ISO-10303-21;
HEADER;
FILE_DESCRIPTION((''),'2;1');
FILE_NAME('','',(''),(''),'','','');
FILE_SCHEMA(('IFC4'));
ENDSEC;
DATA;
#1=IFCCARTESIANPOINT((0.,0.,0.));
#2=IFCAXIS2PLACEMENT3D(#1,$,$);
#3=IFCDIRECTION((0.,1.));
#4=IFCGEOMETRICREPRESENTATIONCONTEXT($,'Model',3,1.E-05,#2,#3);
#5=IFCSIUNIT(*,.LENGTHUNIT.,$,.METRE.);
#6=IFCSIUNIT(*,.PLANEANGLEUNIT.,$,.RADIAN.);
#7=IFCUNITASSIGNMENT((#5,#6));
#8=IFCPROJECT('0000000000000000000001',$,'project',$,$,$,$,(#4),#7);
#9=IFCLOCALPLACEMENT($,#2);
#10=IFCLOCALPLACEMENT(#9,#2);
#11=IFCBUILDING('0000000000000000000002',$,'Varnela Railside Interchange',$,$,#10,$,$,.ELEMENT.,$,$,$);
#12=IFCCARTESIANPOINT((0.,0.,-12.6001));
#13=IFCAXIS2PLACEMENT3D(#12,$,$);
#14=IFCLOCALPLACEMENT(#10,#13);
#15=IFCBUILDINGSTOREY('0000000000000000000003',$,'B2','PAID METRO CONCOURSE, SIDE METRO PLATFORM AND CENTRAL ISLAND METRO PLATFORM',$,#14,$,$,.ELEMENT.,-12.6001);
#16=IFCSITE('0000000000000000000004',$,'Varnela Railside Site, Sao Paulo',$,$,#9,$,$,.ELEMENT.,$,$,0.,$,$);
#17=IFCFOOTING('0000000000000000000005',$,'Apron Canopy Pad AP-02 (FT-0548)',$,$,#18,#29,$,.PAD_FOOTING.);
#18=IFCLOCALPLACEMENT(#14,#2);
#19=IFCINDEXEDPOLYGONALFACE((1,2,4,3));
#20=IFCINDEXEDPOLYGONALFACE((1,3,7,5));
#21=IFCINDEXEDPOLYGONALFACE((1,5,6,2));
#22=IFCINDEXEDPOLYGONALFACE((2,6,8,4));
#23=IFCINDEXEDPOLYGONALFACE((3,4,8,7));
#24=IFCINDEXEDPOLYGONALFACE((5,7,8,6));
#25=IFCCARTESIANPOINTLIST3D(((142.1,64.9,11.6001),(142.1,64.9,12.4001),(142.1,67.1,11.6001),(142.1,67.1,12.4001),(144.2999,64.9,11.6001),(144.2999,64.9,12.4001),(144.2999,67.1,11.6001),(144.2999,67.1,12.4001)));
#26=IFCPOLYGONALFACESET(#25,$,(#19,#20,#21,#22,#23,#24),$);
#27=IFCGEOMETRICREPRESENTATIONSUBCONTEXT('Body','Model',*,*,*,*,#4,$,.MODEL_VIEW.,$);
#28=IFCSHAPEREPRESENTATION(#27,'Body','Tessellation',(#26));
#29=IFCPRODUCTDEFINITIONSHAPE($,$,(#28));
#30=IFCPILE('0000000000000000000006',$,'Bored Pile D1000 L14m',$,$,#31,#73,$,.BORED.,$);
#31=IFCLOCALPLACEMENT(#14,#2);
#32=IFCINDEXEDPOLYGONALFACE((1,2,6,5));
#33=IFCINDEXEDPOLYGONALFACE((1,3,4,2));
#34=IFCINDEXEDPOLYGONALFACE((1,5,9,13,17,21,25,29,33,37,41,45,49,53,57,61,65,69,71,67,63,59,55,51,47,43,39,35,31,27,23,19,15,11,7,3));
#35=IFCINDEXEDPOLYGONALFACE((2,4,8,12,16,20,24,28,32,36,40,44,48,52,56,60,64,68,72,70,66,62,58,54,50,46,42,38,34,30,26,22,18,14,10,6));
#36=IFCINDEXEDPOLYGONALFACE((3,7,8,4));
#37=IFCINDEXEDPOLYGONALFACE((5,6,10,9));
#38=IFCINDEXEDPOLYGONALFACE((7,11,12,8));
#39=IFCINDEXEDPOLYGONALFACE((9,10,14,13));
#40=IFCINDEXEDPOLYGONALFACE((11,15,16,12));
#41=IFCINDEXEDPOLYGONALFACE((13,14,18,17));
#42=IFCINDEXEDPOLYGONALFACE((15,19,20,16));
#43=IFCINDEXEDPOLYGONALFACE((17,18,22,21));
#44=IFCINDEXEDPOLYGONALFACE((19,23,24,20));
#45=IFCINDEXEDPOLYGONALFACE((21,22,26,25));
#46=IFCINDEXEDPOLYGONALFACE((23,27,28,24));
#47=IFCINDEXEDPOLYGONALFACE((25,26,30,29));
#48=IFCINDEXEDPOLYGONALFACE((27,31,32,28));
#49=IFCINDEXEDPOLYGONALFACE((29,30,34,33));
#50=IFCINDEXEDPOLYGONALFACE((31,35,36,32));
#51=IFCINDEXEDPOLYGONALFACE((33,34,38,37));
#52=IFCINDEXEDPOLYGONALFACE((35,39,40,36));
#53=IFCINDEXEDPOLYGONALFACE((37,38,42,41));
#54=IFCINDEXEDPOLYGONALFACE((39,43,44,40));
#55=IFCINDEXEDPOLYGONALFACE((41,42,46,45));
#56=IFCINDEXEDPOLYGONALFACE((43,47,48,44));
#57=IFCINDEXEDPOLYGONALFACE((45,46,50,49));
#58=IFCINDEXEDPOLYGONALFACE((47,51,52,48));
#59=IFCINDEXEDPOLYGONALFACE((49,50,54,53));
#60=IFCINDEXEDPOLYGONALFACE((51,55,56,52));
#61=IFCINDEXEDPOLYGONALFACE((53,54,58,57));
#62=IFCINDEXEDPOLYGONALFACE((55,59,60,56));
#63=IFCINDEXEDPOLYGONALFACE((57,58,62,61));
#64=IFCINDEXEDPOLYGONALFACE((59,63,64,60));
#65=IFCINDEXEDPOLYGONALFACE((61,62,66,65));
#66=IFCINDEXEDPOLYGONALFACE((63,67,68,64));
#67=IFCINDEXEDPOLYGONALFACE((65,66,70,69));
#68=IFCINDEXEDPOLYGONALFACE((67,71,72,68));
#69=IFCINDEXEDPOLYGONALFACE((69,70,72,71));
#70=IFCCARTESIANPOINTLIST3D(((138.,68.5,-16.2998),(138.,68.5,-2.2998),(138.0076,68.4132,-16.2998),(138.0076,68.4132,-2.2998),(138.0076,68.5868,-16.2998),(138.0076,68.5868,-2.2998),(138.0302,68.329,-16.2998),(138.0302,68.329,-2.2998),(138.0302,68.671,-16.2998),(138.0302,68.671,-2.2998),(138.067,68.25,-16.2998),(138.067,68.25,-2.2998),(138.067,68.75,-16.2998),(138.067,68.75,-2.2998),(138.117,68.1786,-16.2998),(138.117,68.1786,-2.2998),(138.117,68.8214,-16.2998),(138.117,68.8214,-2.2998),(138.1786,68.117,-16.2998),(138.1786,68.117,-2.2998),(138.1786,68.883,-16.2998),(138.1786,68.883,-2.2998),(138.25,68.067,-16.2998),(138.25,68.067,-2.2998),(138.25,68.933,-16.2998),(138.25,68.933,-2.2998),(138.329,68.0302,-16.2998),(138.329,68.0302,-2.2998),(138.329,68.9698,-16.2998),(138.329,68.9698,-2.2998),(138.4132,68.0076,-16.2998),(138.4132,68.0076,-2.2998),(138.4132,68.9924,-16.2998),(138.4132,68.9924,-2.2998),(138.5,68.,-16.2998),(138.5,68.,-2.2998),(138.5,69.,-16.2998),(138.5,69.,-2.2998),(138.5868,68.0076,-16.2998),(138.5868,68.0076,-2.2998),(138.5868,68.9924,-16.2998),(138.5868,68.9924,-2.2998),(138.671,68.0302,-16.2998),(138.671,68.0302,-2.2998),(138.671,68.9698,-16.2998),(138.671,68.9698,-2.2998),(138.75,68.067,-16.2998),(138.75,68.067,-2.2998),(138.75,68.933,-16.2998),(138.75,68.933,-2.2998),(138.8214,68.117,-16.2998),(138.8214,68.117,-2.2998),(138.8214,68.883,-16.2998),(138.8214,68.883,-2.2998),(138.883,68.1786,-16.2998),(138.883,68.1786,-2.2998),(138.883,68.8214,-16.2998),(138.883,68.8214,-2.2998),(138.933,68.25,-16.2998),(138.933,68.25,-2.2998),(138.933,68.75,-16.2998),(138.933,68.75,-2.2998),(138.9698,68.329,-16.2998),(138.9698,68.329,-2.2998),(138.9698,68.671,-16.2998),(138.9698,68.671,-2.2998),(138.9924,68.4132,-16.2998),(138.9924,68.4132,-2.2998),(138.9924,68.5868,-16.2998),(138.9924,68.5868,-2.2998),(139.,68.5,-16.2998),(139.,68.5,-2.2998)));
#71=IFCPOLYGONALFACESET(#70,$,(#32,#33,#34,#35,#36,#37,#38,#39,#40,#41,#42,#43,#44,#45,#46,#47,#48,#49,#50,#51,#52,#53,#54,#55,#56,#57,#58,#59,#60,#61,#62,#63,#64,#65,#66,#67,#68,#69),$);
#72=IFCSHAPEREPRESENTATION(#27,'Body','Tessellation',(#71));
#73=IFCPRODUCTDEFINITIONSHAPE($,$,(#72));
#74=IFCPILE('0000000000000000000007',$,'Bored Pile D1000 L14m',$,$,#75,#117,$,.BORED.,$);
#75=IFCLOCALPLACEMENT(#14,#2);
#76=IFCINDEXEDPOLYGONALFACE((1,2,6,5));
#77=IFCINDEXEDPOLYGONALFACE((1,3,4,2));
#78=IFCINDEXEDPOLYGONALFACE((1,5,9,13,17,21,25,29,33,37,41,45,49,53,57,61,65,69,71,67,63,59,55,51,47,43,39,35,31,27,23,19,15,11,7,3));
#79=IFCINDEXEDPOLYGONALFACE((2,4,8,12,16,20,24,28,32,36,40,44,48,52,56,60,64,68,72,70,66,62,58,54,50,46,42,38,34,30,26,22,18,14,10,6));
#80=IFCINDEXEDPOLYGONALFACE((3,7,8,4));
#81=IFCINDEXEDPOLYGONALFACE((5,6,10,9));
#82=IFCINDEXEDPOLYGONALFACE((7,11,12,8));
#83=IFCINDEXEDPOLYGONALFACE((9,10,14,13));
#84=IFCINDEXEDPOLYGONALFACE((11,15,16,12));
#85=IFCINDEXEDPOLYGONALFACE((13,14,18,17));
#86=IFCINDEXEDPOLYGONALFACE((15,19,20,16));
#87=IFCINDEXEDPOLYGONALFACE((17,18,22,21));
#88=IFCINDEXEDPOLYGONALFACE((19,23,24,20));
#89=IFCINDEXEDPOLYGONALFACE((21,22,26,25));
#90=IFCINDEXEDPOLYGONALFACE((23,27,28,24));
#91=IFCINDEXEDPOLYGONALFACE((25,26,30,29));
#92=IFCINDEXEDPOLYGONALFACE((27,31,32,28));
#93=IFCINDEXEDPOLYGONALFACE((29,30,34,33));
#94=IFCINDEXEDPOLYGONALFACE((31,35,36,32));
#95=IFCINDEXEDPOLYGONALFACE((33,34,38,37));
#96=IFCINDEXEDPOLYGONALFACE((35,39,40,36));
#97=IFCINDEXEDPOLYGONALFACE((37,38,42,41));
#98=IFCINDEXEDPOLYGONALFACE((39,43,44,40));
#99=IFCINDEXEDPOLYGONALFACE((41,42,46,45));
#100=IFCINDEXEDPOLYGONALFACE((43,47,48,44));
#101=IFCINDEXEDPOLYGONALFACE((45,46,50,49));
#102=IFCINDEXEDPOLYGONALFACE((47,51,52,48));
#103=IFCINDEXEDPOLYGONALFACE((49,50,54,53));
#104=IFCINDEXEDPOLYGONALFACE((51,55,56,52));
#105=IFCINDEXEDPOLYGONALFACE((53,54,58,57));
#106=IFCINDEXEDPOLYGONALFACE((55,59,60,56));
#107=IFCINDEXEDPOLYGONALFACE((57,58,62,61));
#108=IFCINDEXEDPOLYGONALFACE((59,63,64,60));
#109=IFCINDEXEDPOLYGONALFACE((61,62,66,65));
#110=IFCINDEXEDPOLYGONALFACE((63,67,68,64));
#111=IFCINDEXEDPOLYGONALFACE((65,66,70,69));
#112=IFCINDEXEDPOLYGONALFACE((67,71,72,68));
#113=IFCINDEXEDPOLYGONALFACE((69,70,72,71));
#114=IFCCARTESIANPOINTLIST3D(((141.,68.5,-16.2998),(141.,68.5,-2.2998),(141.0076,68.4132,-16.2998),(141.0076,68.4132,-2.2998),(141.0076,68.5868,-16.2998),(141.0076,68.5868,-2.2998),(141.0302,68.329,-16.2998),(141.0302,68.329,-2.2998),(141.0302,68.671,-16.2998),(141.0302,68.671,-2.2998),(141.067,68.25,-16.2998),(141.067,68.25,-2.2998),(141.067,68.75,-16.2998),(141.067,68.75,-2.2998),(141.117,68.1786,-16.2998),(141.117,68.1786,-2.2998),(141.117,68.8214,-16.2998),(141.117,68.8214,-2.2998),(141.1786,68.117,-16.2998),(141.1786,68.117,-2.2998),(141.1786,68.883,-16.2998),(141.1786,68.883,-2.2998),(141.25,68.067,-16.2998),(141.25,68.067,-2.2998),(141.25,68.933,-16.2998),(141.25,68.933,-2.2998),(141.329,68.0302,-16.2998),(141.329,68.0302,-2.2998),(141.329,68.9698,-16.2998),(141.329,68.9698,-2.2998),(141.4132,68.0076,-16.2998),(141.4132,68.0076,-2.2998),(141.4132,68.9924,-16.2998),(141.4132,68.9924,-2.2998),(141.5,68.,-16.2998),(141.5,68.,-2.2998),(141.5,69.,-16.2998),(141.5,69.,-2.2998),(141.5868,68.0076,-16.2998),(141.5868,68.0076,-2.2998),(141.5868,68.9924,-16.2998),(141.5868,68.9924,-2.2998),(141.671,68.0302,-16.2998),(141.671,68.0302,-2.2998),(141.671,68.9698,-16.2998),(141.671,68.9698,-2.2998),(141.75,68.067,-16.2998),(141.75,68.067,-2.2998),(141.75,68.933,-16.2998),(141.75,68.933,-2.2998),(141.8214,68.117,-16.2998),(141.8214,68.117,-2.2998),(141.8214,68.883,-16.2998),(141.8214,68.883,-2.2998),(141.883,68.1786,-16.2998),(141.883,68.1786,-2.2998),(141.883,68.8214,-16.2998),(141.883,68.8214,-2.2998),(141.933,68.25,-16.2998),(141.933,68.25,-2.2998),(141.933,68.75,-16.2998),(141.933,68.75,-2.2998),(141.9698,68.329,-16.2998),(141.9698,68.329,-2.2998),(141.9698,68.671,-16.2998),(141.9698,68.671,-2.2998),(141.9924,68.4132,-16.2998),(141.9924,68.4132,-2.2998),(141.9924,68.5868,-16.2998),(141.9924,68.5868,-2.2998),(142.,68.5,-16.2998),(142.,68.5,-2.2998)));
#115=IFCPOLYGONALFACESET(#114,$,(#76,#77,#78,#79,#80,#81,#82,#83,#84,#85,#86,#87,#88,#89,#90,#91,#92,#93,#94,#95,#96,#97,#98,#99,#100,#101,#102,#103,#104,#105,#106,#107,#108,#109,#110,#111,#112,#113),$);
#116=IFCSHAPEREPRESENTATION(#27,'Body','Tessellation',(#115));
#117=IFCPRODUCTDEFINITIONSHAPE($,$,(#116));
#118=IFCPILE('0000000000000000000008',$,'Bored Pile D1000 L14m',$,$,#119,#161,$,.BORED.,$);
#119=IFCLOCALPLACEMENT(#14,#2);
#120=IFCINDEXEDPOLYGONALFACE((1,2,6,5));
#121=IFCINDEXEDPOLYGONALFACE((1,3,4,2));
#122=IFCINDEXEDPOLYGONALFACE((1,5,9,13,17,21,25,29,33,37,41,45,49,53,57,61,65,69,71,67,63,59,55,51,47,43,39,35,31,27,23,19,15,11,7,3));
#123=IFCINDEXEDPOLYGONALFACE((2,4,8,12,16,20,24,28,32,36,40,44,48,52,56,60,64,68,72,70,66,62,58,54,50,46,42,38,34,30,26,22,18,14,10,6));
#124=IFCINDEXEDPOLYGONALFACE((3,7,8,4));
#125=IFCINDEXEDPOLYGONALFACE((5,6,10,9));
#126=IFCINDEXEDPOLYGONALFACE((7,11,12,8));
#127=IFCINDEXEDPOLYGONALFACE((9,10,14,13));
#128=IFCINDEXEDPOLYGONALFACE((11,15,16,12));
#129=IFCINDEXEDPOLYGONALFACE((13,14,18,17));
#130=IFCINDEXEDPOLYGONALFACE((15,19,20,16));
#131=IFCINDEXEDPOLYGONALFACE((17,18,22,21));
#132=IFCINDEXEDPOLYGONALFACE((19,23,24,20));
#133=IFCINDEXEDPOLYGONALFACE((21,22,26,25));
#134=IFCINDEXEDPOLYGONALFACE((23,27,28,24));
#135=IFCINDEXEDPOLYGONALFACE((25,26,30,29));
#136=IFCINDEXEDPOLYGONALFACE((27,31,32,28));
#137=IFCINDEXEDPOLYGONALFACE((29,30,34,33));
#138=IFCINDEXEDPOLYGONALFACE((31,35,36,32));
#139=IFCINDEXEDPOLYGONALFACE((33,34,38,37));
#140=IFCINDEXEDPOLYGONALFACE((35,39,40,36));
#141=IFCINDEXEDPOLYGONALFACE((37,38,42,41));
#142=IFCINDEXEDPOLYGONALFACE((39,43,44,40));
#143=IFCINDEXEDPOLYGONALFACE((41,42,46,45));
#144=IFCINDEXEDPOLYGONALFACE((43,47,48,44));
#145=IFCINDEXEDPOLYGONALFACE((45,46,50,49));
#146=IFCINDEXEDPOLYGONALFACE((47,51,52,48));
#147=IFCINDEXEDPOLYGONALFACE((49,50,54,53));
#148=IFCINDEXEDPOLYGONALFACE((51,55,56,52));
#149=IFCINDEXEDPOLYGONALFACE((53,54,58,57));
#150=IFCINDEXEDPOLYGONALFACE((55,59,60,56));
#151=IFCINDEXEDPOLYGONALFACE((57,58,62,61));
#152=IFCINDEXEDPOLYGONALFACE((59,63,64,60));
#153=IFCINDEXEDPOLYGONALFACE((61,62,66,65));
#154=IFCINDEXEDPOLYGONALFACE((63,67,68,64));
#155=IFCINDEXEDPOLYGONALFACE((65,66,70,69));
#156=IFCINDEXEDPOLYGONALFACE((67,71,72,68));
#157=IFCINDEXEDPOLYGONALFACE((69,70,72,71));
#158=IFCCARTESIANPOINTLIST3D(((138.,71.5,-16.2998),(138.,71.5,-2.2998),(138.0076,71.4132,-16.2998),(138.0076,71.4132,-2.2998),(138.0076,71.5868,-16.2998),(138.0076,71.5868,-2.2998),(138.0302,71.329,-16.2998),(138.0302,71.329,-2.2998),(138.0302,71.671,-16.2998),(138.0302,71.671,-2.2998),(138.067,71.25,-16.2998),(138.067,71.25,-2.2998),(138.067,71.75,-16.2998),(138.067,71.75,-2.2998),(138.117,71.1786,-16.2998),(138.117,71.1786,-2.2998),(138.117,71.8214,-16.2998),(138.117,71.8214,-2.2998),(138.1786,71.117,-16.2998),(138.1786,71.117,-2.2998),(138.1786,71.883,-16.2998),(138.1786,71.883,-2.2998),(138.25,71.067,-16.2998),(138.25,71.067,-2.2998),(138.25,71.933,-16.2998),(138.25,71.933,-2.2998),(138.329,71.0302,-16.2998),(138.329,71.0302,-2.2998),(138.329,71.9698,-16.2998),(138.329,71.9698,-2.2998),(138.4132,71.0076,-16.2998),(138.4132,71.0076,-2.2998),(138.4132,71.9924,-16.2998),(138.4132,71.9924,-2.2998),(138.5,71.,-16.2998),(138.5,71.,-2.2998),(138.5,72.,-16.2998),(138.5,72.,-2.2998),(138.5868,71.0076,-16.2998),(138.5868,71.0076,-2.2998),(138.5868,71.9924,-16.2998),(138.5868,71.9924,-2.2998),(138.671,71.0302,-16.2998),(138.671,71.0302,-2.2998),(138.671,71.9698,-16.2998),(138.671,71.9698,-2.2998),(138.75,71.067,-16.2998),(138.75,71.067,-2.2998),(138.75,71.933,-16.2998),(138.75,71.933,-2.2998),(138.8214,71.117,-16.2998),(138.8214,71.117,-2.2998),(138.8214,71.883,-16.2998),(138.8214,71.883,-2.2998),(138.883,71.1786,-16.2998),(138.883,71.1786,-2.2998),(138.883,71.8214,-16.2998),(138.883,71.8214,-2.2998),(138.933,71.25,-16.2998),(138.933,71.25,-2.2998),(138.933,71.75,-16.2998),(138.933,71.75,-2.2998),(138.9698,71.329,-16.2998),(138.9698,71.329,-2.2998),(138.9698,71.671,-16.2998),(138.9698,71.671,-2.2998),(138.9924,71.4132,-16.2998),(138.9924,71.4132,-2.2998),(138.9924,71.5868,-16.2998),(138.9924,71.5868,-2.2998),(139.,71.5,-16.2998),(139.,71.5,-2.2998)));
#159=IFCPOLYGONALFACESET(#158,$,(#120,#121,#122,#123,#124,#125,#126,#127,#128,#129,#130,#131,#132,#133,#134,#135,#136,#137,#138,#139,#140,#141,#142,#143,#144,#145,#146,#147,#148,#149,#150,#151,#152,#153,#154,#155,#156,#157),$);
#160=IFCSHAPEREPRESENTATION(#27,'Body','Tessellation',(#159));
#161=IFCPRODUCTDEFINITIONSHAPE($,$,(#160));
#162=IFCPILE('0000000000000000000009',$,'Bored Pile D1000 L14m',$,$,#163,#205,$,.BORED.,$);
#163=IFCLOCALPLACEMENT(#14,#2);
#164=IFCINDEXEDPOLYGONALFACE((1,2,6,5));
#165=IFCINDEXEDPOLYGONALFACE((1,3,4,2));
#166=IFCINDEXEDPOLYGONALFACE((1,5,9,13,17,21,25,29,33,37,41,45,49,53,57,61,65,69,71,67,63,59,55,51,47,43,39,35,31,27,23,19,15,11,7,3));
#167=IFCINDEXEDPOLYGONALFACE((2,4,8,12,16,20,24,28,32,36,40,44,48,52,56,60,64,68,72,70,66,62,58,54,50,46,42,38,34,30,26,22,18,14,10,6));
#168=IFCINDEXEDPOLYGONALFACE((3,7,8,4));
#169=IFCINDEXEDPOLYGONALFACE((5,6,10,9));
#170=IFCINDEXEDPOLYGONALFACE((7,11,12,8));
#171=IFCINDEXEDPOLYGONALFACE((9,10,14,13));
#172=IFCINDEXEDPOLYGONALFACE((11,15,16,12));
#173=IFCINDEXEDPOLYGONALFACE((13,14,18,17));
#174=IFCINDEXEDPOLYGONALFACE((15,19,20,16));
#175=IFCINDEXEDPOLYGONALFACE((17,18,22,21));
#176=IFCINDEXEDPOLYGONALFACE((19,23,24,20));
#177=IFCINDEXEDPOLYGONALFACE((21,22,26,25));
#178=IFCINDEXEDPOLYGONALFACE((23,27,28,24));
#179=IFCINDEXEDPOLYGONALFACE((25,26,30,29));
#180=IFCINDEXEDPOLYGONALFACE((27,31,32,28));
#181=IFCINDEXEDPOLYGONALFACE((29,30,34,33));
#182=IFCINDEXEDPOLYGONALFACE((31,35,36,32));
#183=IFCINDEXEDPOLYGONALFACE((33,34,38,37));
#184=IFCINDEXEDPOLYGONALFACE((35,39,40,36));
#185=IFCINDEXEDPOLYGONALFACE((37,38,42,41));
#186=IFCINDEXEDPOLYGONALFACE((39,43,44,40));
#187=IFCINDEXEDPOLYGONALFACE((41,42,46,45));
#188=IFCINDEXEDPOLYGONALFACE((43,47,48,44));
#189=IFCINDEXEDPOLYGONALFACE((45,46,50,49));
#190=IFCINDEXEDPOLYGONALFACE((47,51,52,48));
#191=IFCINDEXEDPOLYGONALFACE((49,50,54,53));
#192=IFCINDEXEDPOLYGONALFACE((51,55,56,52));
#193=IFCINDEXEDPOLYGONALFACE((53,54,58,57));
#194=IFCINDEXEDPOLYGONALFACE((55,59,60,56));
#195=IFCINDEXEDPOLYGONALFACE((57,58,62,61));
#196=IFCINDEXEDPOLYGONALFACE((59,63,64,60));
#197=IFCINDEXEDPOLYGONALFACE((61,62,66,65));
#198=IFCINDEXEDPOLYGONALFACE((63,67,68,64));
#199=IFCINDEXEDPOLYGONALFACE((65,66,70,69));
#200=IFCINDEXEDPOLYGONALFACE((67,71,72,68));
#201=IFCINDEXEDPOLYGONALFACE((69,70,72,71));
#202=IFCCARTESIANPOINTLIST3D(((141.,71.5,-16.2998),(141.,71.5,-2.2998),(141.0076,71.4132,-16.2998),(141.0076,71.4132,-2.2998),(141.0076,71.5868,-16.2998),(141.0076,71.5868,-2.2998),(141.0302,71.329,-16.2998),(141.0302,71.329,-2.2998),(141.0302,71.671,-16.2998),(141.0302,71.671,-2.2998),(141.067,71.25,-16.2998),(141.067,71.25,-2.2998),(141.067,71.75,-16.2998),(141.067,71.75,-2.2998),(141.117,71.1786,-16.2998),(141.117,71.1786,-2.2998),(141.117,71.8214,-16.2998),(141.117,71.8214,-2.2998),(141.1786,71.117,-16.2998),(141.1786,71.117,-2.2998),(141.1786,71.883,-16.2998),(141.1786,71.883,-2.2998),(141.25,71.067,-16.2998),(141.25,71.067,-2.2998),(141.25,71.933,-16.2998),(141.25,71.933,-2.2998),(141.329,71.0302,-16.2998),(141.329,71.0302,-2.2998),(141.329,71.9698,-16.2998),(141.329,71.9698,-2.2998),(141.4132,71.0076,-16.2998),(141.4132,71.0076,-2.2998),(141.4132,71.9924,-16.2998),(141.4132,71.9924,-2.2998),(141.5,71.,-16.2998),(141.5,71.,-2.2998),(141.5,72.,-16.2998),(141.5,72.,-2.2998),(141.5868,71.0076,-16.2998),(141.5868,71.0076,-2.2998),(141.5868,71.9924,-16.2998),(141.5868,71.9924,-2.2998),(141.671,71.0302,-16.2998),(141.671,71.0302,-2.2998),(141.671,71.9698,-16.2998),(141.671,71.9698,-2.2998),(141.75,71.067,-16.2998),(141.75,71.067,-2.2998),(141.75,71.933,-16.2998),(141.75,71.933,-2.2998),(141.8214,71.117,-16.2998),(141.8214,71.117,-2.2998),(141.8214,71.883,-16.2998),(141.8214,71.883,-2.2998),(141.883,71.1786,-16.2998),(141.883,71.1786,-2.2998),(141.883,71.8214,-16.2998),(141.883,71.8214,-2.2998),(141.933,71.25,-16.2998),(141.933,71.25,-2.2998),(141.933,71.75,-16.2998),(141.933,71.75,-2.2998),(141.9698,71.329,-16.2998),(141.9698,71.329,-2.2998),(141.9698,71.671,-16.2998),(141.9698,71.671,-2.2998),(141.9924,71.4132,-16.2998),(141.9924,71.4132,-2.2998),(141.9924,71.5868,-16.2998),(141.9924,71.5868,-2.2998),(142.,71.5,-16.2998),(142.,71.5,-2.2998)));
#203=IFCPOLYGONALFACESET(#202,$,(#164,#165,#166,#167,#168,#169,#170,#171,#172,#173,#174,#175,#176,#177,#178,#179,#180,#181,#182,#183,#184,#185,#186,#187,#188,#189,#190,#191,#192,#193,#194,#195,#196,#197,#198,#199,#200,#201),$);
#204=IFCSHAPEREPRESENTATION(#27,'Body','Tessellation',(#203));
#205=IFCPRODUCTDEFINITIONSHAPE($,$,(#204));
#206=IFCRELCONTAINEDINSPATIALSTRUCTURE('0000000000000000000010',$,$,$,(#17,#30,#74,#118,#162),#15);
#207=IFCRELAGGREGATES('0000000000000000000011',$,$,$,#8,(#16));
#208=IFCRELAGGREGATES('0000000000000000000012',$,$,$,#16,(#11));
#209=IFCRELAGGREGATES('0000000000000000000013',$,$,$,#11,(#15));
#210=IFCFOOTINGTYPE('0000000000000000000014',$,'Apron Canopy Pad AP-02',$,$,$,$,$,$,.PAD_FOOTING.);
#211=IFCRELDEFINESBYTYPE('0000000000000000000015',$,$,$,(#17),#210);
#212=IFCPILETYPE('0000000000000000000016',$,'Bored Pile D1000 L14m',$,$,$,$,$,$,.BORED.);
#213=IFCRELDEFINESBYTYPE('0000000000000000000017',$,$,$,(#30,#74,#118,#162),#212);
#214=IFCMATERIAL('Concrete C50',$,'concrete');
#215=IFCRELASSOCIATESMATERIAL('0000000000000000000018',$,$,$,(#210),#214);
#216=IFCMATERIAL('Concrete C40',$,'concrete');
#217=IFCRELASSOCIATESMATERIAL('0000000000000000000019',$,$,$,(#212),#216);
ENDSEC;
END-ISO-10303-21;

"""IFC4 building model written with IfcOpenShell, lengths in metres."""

from ifc_helpers import new_model, si_unit, direction, frame, origin, origin_2d, place, context, subcontext, project, spatial, rectangle, circle, extrude, material, material_profile, profile_set, type_object, element, save


model = new_model("IFC4")

# Units and contexts
model_context = context("Model", 3, precision=1e-05, world=origin(), true_north=direction((0.0, 1.0)))
body_context = subcontext(model_context, "Body", "Model", "MODEL_VIEW")
ifc_project = project(units=[si_unit("LENGTHUNIT", "METRE"), si_unit("PLANEANGLEUNIT", "RADIAN")], contexts=[model_context])

# Site, building, storey
site_placement = place(None, origin())
site = spatial("IfcSite", under=ifc_project, at=site_placement, Name="Varnela Railside Site, Sao Paulo", CompositionType="ELEMENT", RefElevation=0.0)
building_placement = place(site_placement, origin())
building = spatial("IfcBuilding", under=site, at=building_placement, Name="Varnela Railside Interchange", CompositionType="ELEMENT")
storey_placement = place(building_placement, frame((0.0, 0.0, -12.6001)))
storey = spatial("IfcBuildingStorey", under=building, at=storey_placement, Name="B2", Description="PAID METRO CONCOURSE, SIDE METRO PLATFORM AND CENTRAL ISLAND METRO PLATFORM", CompositionType="ELEMENT", Elevation=-12.6001)

# Footing
ifc_material_1 = material(Name="Concrete C50", Category="concrete")
footing_type_1 = type_object("IfcFootingType", Name="Apron Canopy Pad AP-02", PredefinedType="PAD_FOOTING", material=ifc_material_1)
footing_1_placement = place(storey_placement, frame((143.2, 66.0, 11.6001), z_axis=(0.0, 0.0, 1.0), x_axis=(1.0, 0.0, 0.0)))
element("IfcFooting", 1, at=footing_1_placement, inside=storey, type_object=footing_type_1, Name="Apron Canopy Pad AP-02 (FT-0548)", PredefinedType="PAD_FOOTING", context=body_context, shape_type="SweptSolid", body=[
    extrude(rectangle(XDim=2.2, YDim=2.2, at=origin_2d()), origin(), (0.0, 0.0, 1.0), 0.8),
])

# Piles
ifc_material_2 = material(Name="Concrete C40", Category="concrete")
ifc_material_profile_1 = material_profile(ifc_material_2, circle(Radius=0.5, at=origin_2d()), Name="BORED PILE D1000")
ifc_profile_set_1 = profile_set([ifc_material_profile_1], Name="Concrete C40")
pile_type_1 = type_object("IfcPileType", Name="Bored Pile D1000 L14m", PredefinedType="BORED", material=ifc_profile_set_1)
for number, where, z_axis, x_axis, name in (
    (2, (138.5, 68.5, -2.2998), (0.0, 0.0, -1.0), (1.0, 0.0, 0.0), "Bored Pile D1000 L14m"),
    (3, (141.5, 68.5, -2.2998), (0.0, 0.0, -1.0), (1.0, 0.0, 0.0), "Bored Pile D1000 L14m"),
    (4, (138.5, 71.5, -2.2998), (0.0, 0.0, -1.0), (1.0, 0.0, 0.0), "Bored Pile D1000 L14m"),
    (5, (141.5, 71.5, -2.2998), (0.0, 0.0, -1.0), (1.0, 0.0, 0.0), "Bored Pile D1000 L14m"),
):
    element("IfcPile", number, at=place(storey_placement, frame(where, z_axis=z_axis, x_axis=x_axis)), inside=storey, type_object=pile_type_1, Name=name, PredefinedType="BORED", context=body_context, shape_type="SweptSolid", body=[
        extrude(circle(Radius=0.5, at=origin_2d()), origin(), (0.0, 0.0, 1.0), 14.0),
    ])

save(model, "model.ifc")
